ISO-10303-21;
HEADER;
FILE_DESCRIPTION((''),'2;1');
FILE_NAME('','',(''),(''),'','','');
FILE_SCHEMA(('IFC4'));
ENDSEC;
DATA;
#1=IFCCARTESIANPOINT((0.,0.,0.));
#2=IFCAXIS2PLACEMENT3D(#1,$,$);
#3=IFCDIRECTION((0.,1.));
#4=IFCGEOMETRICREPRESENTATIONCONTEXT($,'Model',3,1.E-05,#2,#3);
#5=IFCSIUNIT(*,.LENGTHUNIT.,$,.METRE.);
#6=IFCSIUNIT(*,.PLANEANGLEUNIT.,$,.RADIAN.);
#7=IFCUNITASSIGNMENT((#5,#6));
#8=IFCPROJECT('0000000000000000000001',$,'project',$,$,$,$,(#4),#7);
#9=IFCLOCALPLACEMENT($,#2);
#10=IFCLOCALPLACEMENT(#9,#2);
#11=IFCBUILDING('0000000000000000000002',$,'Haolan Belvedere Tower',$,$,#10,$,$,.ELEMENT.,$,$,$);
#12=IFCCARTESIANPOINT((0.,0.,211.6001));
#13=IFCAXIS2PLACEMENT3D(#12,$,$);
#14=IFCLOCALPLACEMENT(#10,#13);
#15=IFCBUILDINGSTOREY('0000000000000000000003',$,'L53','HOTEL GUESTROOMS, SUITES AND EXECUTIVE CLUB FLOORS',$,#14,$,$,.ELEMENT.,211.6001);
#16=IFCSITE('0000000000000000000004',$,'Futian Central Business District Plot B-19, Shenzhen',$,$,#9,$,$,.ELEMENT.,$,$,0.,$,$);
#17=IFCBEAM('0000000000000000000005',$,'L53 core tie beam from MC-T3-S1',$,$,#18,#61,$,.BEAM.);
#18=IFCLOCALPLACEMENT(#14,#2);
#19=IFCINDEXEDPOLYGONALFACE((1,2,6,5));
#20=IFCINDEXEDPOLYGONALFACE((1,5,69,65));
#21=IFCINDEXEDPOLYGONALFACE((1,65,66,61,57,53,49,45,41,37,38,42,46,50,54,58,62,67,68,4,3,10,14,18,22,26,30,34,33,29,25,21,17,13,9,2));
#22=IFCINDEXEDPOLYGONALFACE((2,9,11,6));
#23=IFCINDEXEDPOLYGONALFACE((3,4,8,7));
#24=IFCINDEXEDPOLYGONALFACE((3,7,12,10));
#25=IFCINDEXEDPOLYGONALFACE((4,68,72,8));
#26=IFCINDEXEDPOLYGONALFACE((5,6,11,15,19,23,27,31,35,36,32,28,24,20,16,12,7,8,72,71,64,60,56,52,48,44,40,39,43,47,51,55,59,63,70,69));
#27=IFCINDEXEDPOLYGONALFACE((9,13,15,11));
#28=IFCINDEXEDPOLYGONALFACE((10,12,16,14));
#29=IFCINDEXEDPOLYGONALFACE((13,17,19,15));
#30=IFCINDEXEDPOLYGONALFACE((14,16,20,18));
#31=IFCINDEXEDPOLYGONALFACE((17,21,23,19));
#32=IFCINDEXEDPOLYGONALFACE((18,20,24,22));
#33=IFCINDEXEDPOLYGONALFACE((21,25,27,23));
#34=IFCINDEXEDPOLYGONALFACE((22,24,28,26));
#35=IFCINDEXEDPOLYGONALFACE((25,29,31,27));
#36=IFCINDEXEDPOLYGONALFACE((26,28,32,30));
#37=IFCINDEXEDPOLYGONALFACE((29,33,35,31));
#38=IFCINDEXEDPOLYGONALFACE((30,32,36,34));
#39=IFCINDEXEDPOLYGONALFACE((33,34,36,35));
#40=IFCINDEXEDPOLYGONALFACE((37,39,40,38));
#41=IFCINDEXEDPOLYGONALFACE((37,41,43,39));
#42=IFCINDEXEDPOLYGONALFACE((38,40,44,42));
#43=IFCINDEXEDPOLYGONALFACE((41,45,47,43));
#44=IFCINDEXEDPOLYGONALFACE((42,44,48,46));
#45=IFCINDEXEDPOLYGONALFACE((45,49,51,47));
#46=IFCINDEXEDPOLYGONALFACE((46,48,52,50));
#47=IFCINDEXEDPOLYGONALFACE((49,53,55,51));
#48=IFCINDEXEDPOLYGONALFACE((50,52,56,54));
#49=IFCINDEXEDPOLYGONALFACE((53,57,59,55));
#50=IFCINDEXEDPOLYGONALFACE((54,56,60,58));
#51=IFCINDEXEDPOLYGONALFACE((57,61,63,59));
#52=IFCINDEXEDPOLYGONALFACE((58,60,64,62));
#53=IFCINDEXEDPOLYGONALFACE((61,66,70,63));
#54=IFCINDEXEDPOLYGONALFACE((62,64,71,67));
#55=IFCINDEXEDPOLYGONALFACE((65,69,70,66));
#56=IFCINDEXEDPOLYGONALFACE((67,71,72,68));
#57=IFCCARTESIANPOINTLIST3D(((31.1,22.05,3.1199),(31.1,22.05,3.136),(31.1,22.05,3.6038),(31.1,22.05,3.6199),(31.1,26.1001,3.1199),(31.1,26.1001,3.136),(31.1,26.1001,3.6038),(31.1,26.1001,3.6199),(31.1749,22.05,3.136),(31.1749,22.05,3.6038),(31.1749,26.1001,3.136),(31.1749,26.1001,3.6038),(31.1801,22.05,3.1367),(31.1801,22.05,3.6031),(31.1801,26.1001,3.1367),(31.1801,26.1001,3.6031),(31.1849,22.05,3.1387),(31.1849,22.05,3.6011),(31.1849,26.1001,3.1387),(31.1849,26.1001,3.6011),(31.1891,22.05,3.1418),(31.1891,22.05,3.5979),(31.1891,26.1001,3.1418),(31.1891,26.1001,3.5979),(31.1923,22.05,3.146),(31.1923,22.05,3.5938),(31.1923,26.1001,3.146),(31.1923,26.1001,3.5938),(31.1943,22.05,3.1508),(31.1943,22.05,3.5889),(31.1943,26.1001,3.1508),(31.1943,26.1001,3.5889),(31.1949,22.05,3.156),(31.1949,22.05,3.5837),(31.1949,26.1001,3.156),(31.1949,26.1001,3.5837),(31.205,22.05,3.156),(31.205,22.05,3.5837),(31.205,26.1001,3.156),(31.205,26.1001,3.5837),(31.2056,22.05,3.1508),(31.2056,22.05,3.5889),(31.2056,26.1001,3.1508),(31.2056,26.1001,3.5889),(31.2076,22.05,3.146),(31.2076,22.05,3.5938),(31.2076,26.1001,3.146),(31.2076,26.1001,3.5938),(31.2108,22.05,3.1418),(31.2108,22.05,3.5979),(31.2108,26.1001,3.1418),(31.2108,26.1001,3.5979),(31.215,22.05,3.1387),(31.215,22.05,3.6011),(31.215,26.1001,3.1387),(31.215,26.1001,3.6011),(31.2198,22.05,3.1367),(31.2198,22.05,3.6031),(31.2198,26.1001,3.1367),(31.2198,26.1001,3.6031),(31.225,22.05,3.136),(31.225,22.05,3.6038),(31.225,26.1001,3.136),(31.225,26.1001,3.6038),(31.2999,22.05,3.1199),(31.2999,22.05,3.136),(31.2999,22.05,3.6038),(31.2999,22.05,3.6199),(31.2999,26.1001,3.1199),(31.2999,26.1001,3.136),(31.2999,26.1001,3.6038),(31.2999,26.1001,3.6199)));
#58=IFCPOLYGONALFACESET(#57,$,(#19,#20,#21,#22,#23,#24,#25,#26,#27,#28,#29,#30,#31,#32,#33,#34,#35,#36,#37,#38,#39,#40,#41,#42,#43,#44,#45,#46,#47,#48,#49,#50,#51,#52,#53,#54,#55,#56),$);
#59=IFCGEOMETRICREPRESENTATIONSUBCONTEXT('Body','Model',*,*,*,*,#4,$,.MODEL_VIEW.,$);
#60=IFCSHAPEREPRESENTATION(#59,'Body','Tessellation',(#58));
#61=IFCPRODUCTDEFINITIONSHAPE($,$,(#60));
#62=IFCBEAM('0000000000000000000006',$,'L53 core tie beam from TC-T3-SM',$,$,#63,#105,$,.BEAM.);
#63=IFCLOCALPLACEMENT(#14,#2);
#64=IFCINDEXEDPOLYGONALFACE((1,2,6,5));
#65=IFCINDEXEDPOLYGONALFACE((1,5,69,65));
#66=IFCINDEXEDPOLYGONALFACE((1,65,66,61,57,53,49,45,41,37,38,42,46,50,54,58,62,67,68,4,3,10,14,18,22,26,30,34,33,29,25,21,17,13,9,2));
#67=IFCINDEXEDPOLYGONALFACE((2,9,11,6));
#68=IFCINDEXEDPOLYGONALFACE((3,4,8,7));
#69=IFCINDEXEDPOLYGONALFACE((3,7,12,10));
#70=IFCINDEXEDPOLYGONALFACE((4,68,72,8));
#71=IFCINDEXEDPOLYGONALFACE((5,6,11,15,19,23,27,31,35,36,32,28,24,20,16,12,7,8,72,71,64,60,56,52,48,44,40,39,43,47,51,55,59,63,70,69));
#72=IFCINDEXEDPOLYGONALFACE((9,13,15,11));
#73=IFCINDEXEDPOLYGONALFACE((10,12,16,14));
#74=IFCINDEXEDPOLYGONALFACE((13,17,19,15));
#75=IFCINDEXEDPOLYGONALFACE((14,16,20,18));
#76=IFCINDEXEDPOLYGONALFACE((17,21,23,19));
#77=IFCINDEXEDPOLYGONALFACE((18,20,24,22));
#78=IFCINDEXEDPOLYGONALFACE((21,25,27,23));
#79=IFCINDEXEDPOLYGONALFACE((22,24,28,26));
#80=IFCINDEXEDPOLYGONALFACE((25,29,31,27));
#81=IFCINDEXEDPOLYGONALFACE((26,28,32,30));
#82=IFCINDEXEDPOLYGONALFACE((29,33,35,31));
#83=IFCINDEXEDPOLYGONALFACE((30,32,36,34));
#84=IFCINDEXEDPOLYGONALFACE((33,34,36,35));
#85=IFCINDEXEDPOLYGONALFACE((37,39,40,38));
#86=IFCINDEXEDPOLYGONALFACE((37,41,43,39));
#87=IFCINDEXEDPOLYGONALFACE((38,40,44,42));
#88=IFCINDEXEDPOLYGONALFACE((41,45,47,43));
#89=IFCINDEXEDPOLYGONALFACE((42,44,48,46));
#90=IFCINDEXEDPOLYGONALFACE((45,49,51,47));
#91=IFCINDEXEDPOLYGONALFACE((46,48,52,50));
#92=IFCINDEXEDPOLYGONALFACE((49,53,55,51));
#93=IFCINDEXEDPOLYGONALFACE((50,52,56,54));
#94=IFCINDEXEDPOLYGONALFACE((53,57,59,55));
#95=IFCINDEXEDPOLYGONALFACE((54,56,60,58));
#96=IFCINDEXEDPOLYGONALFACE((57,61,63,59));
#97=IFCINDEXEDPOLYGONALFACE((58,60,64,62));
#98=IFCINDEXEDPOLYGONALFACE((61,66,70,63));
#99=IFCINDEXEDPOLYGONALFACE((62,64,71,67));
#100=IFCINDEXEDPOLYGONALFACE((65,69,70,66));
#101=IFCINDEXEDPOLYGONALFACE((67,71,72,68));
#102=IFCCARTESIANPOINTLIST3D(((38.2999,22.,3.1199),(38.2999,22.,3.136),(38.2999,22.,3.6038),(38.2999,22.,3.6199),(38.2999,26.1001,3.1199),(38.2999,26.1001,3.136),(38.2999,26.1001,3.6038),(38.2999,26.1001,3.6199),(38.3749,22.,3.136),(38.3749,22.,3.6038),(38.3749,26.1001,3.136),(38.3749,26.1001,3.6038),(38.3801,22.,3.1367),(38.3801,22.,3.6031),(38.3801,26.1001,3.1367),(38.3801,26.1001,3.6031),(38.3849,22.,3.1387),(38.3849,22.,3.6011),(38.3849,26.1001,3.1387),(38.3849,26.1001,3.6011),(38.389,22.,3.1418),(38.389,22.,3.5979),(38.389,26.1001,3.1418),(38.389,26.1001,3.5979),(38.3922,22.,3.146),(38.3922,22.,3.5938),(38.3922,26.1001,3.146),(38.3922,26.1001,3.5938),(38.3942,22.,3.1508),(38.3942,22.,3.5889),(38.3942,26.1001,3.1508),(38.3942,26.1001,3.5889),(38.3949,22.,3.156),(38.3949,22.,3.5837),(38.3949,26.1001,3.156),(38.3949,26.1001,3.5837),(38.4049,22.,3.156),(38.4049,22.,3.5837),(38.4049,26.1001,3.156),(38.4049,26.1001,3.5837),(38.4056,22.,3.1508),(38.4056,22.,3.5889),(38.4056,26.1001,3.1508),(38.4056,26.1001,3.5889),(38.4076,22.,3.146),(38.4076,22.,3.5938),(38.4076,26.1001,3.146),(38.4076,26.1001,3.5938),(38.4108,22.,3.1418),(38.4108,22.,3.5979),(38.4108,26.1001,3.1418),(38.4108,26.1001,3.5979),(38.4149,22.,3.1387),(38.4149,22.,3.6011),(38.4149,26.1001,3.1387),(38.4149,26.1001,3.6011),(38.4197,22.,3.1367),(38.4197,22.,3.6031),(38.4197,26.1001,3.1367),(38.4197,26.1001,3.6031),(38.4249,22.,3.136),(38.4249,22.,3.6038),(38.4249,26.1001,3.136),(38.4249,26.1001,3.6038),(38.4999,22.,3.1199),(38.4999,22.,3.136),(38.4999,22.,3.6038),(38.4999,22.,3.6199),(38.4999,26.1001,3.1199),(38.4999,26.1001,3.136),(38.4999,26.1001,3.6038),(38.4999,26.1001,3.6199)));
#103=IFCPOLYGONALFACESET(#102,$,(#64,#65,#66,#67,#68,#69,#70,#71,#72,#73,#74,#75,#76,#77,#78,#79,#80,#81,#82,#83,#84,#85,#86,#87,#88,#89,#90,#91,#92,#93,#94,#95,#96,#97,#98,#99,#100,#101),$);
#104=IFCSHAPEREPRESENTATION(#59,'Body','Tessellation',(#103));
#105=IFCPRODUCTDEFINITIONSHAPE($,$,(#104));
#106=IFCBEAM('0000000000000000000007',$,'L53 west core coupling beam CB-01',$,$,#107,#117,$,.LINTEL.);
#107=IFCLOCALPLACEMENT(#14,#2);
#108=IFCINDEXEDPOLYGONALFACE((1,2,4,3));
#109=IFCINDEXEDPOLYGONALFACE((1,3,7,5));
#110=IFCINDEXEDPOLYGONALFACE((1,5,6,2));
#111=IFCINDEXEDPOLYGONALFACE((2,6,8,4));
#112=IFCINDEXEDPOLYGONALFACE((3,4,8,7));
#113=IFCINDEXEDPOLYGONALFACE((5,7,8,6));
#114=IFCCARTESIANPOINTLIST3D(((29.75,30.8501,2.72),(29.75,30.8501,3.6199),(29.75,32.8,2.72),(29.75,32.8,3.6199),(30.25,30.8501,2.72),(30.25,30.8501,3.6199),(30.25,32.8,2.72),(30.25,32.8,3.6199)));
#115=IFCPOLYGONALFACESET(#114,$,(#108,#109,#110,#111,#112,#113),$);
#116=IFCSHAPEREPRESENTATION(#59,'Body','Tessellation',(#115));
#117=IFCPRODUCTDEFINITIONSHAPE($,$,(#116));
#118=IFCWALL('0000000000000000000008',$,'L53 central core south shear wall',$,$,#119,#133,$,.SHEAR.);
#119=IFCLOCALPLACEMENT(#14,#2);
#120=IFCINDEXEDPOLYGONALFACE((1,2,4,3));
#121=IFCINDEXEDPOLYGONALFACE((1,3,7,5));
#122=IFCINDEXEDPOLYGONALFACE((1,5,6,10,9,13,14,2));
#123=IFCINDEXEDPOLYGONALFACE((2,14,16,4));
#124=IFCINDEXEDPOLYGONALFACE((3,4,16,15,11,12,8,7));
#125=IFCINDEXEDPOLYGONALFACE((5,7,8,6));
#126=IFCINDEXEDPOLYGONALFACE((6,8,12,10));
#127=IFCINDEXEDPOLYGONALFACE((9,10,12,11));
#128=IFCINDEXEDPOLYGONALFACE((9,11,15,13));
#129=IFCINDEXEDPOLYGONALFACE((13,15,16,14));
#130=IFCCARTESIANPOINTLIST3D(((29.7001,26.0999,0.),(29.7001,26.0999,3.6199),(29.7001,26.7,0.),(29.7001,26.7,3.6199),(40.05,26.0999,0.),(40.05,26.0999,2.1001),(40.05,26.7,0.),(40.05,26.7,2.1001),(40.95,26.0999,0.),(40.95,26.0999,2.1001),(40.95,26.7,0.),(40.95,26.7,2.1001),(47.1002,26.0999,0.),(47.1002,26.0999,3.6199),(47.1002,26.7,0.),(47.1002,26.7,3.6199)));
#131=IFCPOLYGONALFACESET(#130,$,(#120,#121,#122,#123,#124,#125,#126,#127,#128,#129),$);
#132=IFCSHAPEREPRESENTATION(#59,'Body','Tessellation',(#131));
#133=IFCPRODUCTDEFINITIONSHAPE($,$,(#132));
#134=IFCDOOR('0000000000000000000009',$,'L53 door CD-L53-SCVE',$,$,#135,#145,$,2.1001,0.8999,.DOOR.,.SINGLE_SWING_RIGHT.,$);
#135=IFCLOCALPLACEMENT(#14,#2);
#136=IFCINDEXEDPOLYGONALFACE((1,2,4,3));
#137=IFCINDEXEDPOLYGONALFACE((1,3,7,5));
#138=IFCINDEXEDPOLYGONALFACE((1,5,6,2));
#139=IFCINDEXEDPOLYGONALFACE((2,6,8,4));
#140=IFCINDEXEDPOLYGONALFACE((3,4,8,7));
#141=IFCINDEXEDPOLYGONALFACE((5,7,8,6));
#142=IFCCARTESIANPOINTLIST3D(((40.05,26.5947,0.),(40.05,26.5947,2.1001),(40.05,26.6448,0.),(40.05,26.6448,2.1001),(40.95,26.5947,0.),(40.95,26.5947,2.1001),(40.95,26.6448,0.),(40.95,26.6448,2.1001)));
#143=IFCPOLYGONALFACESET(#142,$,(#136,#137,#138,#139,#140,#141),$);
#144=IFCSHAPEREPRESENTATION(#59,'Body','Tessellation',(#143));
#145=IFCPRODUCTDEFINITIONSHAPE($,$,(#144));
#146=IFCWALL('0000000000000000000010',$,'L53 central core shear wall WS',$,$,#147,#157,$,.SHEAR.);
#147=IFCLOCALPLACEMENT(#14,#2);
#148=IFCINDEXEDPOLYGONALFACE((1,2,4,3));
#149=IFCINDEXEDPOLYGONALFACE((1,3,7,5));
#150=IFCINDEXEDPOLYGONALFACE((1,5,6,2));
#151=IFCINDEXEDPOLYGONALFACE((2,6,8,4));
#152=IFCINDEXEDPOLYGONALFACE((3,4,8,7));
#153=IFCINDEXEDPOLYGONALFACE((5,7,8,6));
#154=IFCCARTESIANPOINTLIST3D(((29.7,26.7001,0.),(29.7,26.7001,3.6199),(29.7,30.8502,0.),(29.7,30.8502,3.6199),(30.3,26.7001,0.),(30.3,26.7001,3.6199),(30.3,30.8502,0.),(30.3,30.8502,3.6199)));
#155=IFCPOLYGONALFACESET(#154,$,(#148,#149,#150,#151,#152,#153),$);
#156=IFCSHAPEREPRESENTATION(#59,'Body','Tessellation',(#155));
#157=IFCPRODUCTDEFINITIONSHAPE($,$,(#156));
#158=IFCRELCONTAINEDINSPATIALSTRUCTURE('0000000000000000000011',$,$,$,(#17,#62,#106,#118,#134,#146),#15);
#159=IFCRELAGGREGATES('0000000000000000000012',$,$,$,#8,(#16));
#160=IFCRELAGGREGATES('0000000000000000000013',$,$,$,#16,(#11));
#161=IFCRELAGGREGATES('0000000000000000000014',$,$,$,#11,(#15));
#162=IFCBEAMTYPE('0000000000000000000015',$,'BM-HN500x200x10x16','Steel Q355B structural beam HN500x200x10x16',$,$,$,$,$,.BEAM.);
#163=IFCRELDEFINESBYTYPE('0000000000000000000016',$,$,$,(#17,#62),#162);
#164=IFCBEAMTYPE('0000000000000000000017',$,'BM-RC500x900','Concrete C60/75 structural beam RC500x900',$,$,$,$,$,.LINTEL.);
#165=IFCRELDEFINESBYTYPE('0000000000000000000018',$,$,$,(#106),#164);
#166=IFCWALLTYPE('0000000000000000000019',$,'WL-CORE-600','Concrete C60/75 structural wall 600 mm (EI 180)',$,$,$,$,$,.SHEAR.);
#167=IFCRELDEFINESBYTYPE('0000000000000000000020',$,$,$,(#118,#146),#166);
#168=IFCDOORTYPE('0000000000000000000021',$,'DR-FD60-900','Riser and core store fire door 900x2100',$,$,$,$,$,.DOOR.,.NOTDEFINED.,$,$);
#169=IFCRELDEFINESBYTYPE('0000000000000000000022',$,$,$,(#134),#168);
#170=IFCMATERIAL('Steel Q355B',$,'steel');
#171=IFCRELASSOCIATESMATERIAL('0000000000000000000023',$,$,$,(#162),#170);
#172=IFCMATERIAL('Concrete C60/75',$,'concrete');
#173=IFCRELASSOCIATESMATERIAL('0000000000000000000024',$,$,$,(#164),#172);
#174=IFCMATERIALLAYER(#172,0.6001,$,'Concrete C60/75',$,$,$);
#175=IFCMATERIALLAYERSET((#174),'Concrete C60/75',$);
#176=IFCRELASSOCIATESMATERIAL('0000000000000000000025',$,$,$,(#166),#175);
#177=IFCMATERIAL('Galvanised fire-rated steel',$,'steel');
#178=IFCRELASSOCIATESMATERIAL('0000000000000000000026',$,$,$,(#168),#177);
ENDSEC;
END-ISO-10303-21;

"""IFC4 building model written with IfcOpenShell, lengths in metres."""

from ifc_helpers import new_model, si_unit, direction, frame, frame_2d, origin, origin_2d, place, context, subcontext, project, spatial, rectangle, i_section, extrude, material, layer, layer_set, material_profile, profile_set, type_object, element, fill, save


model = new_model("IFC4")

# Units and contexts
model_context = context("Model", 3, precision=1e-05, world=origin(), true_north=direction((0.0, 1.0)))
body_context = subcontext(model_context, "Body", "Model", "MODEL_VIEW")
ifc_project = project(units=[si_unit("LENGTHUNIT", "METRE"), si_unit("PLANEANGLEUNIT", "RADIAN")], contexts=[model_context])

# Site, building, storey
site_placement = place(None, origin())
site = spatial("IfcSite", under=ifc_project, at=site_placement, Name="Futian Central Business District Plot B-19, Shenzhen", CompositionType="ELEMENT", RefElevation=0.0)
building_placement = place(site_placement, origin())
building = spatial("IfcBuilding", under=site, at=building_placement, Name="Haolan Belvedere Tower", CompositionType="ELEMENT")
storey_placement = place(building_placement, frame((0.0, 0.0, 211.6001)))
storey = spatial("IfcBuildingStorey", under=building, at=storey_placement, Name="L53", Description="HOTEL GUESTROOMS, SUITES AND EXECUTIVE CLUB FLOORS", CompositionType="ELEMENT", Elevation=211.6001)

# Beams
ifc_material_1 = material(Name="Steel Q355B", Category="steel")
ifc_material_profile_1 = material_profile(ifc_material_1, i_section(OverallWidth=0.2, OverallDepth=0.5, WebThickness=0.01, FlangeThickness=0.0161, FilletRadius=0.02, at=origin_2d()), Name="Steel Q355B")
ifc_profile_set_1 = profile_set([ifc_material_profile_1], Name="Steel Q355B")
beam_type_1 = type_object("IfcBeamType", Name="BM-HN500x200x10x16", Description="Steel Q355B structural beam HN500x200x10x16", PredefinedType="BEAM", material=ifc_profile_set_1)
beam_1_placement = place(storey_placement, frame((31.2, 22.05, 3.3699), z_axis=(0.0, 1.0, 0.0), x_axis=(-1.0, 0.0, 0.0)))
element("IfcBeam", 1, at=beam_1_placement, inside=storey, type_object=beam_type_1, Name="L53 core tie beam from MC-T3-S1", PredefinedType="BEAM", context=body_context, shape_type="SweptSolid", body=[
    extrude(i_section(OverallWidth=0.2, OverallDepth=0.5, WebThickness=0.01, FlangeThickness=0.0161, FilletRadius=0.02, at=origin_2d()), origin(), (0.0, 0.0, 1.0), 4.05),
])
beam_2_placement = place(storey_placement, frame((38.3999, 22.0, 3.3699), z_axis=(0.0, 1.0, 0.0), x_axis=(-1.0, 0.0, 0.0)))
element("IfcBeam", 2, at=beam_2_placement, inside=storey, type_object=beam_type_1, Name="L53 core tie beam from TC-T3-SM", PredefinedType="BEAM", context=body_context, shape_type="SweptSolid", body=[
    extrude(i_section(OverallWidth=0.2, OverallDepth=0.5, WebThickness=0.01, FlangeThickness=0.0161, FilletRadius=0.02, at=origin_2d()), origin(), (0.0, 0.0, 1.0), 4.1001),
])
ifc_material_2 = material(Name="Concrete C60/75", Category="concrete")
ifc_material_profile_2 = material_profile(ifc_material_2, rectangle(XDim=0.5, YDim=0.8999, at=origin_2d()), Name="Concrete C60/75")
ifc_profile_set_2 = profile_set([ifc_material_profile_2], Name="Concrete C60/75")
beam_type_2 = type_object("IfcBeamType", Name="BM-RC500x900", Description="Concrete C60/75 structural beam RC500x900", PredefinedType="LINTEL", material=ifc_profile_set_2)
beam_3_placement = place(storey_placement, frame((30.0, 30.8501, 3.1699), z_axis=(0.0, 1.0, 0.0), x_axis=(-1.0, 0.0, 0.0)))
element("IfcBeam", 3, at=beam_3_placement, inside=storey, type_object=beam_type_2, Name="L53 west core coupling beam CB-01", PredefinedType="LINTEL", context=body_context, shape_type="SweptSolid", body=[
    extrude(rectangle(XDim=0.5, YDim=0.8999, at=origin_2d()), origin(), (0.0, 0.0, 1.0), 1.95),
])

# Wall, opening, door
ifc_layer_1 = layer(ifc_material_2, 0.6001, Name="Concrete C60/75")
ifc_layer_set_1 = layer_set([ifc_layer_1], Name="Concrete C60/75")
wall_type_1 = type_object("IfcWallType", Name="WL-CORE-600", Description="Concrete C60/75 structural wall 600 mm (EI 180)", PredefinedType="SHEAR", material=ifc_layer_set_1)
wall_1_placement = place(storey_placement, frame((29.7, 26.3999, 0.0), z_axis=(0.0, 0.0, 1.0), x_axis=(1.0, 0.0, 0.0)))
wall_1 = element("IfcWall", 4, at=wall_1_placement, inside=storey, type_object=wall_type_1, Name="L53 central core south shear wall", PredefinedType="SHEAR", context=body_context, shape_type="SweptSolid", body=[
    extrude(rectangle(XDim=17.4001, YDim=0.6001, at=frame_2d((8.7002, 0.0))), origin(), (0.0, 0.0, 1.0), 3.6199),
])
opening_1_placement = place(wall_1_placement, frame((11.25, 0.0, 0.0), z_axis=(0.0, 0.0, 1.0), x_axis=(-1.0, 0.0, 0.0)))
opening_1 = element("IfcOpeningElement", 5, at=opening_1_placement, cuts=wall_1, PredefinedType="OPENING", context=body_context, shape_type="SweptSolid", body=[
    extrude(rectangle(XDim=0.8999, YDim=2.1001, at=frame_2d((0.45, 1.05))), frame((0.0, 0.3101, 0.0), z_axis=(0.0, -1.0, 0.0), x_axis=(1.0, 0.0, 0.0)), (0.0, 0.0, 1.0), 0.6201),
])
ifc_material_3 = material(Name="Galvanised fire-rated steel", Category="steel")
door_type_1 = type_object("IfcDoorType", Name="DR-FD60-900", Description="Riser and core store fire door 900x2100", OperationType="NOTDEFINED", PredefinedType="DOOR", material=ifc_material_3)
door_1_placement = place(opening_1_placement, origin())
door_1 = element("IfcDoor", 6, at=door_1_placement, inside=storey, type_object=door_type_1, Name="L53 door CD-L53-SCVE", OperationType="SINGLE_SWING_RIGHT", OverallHeight=2.1001, OverallWidth=0.8999, PredefinedType="DOOR", context=body_context, shape_type="SweptSolid", body=[
    extrude(rectangle(XDim=0.8999, YDim=2.1001, at=frame_2d((0.45, 1.05))), frame((0.0, -0.1948, 0.0), z_axis=(0.0, -1.0, 0.0), x_axis=(1.0, 0.0, 0.0)), (0.0, 0.0, 1.0), 0.05),
])
fill(opening_1, door_1)

# Wall
wall_2_placement = place(storey_placement, frame((30.0, 26.7, 0.0), z_axis=(0.0, 0.0, 1.0), x_axis=(0.0, 1.0, 0.0)))
element("IfcWall", 7, at=wall_2_placement, inside=storey, type_object=wall_type_1, Name="L53 central core shear wall WS", PredefinedType="SHEAR", context=body_context, shape_type="SweptSolid", body=[
    extrude(rectangle(XDim=4.1501, YDim=0.6001, at=frame_2d((2.0752, 0.0))), origin(), (0.0, 0.0, 1.0), 3.6199),
])

save(model, "model.ifc")
